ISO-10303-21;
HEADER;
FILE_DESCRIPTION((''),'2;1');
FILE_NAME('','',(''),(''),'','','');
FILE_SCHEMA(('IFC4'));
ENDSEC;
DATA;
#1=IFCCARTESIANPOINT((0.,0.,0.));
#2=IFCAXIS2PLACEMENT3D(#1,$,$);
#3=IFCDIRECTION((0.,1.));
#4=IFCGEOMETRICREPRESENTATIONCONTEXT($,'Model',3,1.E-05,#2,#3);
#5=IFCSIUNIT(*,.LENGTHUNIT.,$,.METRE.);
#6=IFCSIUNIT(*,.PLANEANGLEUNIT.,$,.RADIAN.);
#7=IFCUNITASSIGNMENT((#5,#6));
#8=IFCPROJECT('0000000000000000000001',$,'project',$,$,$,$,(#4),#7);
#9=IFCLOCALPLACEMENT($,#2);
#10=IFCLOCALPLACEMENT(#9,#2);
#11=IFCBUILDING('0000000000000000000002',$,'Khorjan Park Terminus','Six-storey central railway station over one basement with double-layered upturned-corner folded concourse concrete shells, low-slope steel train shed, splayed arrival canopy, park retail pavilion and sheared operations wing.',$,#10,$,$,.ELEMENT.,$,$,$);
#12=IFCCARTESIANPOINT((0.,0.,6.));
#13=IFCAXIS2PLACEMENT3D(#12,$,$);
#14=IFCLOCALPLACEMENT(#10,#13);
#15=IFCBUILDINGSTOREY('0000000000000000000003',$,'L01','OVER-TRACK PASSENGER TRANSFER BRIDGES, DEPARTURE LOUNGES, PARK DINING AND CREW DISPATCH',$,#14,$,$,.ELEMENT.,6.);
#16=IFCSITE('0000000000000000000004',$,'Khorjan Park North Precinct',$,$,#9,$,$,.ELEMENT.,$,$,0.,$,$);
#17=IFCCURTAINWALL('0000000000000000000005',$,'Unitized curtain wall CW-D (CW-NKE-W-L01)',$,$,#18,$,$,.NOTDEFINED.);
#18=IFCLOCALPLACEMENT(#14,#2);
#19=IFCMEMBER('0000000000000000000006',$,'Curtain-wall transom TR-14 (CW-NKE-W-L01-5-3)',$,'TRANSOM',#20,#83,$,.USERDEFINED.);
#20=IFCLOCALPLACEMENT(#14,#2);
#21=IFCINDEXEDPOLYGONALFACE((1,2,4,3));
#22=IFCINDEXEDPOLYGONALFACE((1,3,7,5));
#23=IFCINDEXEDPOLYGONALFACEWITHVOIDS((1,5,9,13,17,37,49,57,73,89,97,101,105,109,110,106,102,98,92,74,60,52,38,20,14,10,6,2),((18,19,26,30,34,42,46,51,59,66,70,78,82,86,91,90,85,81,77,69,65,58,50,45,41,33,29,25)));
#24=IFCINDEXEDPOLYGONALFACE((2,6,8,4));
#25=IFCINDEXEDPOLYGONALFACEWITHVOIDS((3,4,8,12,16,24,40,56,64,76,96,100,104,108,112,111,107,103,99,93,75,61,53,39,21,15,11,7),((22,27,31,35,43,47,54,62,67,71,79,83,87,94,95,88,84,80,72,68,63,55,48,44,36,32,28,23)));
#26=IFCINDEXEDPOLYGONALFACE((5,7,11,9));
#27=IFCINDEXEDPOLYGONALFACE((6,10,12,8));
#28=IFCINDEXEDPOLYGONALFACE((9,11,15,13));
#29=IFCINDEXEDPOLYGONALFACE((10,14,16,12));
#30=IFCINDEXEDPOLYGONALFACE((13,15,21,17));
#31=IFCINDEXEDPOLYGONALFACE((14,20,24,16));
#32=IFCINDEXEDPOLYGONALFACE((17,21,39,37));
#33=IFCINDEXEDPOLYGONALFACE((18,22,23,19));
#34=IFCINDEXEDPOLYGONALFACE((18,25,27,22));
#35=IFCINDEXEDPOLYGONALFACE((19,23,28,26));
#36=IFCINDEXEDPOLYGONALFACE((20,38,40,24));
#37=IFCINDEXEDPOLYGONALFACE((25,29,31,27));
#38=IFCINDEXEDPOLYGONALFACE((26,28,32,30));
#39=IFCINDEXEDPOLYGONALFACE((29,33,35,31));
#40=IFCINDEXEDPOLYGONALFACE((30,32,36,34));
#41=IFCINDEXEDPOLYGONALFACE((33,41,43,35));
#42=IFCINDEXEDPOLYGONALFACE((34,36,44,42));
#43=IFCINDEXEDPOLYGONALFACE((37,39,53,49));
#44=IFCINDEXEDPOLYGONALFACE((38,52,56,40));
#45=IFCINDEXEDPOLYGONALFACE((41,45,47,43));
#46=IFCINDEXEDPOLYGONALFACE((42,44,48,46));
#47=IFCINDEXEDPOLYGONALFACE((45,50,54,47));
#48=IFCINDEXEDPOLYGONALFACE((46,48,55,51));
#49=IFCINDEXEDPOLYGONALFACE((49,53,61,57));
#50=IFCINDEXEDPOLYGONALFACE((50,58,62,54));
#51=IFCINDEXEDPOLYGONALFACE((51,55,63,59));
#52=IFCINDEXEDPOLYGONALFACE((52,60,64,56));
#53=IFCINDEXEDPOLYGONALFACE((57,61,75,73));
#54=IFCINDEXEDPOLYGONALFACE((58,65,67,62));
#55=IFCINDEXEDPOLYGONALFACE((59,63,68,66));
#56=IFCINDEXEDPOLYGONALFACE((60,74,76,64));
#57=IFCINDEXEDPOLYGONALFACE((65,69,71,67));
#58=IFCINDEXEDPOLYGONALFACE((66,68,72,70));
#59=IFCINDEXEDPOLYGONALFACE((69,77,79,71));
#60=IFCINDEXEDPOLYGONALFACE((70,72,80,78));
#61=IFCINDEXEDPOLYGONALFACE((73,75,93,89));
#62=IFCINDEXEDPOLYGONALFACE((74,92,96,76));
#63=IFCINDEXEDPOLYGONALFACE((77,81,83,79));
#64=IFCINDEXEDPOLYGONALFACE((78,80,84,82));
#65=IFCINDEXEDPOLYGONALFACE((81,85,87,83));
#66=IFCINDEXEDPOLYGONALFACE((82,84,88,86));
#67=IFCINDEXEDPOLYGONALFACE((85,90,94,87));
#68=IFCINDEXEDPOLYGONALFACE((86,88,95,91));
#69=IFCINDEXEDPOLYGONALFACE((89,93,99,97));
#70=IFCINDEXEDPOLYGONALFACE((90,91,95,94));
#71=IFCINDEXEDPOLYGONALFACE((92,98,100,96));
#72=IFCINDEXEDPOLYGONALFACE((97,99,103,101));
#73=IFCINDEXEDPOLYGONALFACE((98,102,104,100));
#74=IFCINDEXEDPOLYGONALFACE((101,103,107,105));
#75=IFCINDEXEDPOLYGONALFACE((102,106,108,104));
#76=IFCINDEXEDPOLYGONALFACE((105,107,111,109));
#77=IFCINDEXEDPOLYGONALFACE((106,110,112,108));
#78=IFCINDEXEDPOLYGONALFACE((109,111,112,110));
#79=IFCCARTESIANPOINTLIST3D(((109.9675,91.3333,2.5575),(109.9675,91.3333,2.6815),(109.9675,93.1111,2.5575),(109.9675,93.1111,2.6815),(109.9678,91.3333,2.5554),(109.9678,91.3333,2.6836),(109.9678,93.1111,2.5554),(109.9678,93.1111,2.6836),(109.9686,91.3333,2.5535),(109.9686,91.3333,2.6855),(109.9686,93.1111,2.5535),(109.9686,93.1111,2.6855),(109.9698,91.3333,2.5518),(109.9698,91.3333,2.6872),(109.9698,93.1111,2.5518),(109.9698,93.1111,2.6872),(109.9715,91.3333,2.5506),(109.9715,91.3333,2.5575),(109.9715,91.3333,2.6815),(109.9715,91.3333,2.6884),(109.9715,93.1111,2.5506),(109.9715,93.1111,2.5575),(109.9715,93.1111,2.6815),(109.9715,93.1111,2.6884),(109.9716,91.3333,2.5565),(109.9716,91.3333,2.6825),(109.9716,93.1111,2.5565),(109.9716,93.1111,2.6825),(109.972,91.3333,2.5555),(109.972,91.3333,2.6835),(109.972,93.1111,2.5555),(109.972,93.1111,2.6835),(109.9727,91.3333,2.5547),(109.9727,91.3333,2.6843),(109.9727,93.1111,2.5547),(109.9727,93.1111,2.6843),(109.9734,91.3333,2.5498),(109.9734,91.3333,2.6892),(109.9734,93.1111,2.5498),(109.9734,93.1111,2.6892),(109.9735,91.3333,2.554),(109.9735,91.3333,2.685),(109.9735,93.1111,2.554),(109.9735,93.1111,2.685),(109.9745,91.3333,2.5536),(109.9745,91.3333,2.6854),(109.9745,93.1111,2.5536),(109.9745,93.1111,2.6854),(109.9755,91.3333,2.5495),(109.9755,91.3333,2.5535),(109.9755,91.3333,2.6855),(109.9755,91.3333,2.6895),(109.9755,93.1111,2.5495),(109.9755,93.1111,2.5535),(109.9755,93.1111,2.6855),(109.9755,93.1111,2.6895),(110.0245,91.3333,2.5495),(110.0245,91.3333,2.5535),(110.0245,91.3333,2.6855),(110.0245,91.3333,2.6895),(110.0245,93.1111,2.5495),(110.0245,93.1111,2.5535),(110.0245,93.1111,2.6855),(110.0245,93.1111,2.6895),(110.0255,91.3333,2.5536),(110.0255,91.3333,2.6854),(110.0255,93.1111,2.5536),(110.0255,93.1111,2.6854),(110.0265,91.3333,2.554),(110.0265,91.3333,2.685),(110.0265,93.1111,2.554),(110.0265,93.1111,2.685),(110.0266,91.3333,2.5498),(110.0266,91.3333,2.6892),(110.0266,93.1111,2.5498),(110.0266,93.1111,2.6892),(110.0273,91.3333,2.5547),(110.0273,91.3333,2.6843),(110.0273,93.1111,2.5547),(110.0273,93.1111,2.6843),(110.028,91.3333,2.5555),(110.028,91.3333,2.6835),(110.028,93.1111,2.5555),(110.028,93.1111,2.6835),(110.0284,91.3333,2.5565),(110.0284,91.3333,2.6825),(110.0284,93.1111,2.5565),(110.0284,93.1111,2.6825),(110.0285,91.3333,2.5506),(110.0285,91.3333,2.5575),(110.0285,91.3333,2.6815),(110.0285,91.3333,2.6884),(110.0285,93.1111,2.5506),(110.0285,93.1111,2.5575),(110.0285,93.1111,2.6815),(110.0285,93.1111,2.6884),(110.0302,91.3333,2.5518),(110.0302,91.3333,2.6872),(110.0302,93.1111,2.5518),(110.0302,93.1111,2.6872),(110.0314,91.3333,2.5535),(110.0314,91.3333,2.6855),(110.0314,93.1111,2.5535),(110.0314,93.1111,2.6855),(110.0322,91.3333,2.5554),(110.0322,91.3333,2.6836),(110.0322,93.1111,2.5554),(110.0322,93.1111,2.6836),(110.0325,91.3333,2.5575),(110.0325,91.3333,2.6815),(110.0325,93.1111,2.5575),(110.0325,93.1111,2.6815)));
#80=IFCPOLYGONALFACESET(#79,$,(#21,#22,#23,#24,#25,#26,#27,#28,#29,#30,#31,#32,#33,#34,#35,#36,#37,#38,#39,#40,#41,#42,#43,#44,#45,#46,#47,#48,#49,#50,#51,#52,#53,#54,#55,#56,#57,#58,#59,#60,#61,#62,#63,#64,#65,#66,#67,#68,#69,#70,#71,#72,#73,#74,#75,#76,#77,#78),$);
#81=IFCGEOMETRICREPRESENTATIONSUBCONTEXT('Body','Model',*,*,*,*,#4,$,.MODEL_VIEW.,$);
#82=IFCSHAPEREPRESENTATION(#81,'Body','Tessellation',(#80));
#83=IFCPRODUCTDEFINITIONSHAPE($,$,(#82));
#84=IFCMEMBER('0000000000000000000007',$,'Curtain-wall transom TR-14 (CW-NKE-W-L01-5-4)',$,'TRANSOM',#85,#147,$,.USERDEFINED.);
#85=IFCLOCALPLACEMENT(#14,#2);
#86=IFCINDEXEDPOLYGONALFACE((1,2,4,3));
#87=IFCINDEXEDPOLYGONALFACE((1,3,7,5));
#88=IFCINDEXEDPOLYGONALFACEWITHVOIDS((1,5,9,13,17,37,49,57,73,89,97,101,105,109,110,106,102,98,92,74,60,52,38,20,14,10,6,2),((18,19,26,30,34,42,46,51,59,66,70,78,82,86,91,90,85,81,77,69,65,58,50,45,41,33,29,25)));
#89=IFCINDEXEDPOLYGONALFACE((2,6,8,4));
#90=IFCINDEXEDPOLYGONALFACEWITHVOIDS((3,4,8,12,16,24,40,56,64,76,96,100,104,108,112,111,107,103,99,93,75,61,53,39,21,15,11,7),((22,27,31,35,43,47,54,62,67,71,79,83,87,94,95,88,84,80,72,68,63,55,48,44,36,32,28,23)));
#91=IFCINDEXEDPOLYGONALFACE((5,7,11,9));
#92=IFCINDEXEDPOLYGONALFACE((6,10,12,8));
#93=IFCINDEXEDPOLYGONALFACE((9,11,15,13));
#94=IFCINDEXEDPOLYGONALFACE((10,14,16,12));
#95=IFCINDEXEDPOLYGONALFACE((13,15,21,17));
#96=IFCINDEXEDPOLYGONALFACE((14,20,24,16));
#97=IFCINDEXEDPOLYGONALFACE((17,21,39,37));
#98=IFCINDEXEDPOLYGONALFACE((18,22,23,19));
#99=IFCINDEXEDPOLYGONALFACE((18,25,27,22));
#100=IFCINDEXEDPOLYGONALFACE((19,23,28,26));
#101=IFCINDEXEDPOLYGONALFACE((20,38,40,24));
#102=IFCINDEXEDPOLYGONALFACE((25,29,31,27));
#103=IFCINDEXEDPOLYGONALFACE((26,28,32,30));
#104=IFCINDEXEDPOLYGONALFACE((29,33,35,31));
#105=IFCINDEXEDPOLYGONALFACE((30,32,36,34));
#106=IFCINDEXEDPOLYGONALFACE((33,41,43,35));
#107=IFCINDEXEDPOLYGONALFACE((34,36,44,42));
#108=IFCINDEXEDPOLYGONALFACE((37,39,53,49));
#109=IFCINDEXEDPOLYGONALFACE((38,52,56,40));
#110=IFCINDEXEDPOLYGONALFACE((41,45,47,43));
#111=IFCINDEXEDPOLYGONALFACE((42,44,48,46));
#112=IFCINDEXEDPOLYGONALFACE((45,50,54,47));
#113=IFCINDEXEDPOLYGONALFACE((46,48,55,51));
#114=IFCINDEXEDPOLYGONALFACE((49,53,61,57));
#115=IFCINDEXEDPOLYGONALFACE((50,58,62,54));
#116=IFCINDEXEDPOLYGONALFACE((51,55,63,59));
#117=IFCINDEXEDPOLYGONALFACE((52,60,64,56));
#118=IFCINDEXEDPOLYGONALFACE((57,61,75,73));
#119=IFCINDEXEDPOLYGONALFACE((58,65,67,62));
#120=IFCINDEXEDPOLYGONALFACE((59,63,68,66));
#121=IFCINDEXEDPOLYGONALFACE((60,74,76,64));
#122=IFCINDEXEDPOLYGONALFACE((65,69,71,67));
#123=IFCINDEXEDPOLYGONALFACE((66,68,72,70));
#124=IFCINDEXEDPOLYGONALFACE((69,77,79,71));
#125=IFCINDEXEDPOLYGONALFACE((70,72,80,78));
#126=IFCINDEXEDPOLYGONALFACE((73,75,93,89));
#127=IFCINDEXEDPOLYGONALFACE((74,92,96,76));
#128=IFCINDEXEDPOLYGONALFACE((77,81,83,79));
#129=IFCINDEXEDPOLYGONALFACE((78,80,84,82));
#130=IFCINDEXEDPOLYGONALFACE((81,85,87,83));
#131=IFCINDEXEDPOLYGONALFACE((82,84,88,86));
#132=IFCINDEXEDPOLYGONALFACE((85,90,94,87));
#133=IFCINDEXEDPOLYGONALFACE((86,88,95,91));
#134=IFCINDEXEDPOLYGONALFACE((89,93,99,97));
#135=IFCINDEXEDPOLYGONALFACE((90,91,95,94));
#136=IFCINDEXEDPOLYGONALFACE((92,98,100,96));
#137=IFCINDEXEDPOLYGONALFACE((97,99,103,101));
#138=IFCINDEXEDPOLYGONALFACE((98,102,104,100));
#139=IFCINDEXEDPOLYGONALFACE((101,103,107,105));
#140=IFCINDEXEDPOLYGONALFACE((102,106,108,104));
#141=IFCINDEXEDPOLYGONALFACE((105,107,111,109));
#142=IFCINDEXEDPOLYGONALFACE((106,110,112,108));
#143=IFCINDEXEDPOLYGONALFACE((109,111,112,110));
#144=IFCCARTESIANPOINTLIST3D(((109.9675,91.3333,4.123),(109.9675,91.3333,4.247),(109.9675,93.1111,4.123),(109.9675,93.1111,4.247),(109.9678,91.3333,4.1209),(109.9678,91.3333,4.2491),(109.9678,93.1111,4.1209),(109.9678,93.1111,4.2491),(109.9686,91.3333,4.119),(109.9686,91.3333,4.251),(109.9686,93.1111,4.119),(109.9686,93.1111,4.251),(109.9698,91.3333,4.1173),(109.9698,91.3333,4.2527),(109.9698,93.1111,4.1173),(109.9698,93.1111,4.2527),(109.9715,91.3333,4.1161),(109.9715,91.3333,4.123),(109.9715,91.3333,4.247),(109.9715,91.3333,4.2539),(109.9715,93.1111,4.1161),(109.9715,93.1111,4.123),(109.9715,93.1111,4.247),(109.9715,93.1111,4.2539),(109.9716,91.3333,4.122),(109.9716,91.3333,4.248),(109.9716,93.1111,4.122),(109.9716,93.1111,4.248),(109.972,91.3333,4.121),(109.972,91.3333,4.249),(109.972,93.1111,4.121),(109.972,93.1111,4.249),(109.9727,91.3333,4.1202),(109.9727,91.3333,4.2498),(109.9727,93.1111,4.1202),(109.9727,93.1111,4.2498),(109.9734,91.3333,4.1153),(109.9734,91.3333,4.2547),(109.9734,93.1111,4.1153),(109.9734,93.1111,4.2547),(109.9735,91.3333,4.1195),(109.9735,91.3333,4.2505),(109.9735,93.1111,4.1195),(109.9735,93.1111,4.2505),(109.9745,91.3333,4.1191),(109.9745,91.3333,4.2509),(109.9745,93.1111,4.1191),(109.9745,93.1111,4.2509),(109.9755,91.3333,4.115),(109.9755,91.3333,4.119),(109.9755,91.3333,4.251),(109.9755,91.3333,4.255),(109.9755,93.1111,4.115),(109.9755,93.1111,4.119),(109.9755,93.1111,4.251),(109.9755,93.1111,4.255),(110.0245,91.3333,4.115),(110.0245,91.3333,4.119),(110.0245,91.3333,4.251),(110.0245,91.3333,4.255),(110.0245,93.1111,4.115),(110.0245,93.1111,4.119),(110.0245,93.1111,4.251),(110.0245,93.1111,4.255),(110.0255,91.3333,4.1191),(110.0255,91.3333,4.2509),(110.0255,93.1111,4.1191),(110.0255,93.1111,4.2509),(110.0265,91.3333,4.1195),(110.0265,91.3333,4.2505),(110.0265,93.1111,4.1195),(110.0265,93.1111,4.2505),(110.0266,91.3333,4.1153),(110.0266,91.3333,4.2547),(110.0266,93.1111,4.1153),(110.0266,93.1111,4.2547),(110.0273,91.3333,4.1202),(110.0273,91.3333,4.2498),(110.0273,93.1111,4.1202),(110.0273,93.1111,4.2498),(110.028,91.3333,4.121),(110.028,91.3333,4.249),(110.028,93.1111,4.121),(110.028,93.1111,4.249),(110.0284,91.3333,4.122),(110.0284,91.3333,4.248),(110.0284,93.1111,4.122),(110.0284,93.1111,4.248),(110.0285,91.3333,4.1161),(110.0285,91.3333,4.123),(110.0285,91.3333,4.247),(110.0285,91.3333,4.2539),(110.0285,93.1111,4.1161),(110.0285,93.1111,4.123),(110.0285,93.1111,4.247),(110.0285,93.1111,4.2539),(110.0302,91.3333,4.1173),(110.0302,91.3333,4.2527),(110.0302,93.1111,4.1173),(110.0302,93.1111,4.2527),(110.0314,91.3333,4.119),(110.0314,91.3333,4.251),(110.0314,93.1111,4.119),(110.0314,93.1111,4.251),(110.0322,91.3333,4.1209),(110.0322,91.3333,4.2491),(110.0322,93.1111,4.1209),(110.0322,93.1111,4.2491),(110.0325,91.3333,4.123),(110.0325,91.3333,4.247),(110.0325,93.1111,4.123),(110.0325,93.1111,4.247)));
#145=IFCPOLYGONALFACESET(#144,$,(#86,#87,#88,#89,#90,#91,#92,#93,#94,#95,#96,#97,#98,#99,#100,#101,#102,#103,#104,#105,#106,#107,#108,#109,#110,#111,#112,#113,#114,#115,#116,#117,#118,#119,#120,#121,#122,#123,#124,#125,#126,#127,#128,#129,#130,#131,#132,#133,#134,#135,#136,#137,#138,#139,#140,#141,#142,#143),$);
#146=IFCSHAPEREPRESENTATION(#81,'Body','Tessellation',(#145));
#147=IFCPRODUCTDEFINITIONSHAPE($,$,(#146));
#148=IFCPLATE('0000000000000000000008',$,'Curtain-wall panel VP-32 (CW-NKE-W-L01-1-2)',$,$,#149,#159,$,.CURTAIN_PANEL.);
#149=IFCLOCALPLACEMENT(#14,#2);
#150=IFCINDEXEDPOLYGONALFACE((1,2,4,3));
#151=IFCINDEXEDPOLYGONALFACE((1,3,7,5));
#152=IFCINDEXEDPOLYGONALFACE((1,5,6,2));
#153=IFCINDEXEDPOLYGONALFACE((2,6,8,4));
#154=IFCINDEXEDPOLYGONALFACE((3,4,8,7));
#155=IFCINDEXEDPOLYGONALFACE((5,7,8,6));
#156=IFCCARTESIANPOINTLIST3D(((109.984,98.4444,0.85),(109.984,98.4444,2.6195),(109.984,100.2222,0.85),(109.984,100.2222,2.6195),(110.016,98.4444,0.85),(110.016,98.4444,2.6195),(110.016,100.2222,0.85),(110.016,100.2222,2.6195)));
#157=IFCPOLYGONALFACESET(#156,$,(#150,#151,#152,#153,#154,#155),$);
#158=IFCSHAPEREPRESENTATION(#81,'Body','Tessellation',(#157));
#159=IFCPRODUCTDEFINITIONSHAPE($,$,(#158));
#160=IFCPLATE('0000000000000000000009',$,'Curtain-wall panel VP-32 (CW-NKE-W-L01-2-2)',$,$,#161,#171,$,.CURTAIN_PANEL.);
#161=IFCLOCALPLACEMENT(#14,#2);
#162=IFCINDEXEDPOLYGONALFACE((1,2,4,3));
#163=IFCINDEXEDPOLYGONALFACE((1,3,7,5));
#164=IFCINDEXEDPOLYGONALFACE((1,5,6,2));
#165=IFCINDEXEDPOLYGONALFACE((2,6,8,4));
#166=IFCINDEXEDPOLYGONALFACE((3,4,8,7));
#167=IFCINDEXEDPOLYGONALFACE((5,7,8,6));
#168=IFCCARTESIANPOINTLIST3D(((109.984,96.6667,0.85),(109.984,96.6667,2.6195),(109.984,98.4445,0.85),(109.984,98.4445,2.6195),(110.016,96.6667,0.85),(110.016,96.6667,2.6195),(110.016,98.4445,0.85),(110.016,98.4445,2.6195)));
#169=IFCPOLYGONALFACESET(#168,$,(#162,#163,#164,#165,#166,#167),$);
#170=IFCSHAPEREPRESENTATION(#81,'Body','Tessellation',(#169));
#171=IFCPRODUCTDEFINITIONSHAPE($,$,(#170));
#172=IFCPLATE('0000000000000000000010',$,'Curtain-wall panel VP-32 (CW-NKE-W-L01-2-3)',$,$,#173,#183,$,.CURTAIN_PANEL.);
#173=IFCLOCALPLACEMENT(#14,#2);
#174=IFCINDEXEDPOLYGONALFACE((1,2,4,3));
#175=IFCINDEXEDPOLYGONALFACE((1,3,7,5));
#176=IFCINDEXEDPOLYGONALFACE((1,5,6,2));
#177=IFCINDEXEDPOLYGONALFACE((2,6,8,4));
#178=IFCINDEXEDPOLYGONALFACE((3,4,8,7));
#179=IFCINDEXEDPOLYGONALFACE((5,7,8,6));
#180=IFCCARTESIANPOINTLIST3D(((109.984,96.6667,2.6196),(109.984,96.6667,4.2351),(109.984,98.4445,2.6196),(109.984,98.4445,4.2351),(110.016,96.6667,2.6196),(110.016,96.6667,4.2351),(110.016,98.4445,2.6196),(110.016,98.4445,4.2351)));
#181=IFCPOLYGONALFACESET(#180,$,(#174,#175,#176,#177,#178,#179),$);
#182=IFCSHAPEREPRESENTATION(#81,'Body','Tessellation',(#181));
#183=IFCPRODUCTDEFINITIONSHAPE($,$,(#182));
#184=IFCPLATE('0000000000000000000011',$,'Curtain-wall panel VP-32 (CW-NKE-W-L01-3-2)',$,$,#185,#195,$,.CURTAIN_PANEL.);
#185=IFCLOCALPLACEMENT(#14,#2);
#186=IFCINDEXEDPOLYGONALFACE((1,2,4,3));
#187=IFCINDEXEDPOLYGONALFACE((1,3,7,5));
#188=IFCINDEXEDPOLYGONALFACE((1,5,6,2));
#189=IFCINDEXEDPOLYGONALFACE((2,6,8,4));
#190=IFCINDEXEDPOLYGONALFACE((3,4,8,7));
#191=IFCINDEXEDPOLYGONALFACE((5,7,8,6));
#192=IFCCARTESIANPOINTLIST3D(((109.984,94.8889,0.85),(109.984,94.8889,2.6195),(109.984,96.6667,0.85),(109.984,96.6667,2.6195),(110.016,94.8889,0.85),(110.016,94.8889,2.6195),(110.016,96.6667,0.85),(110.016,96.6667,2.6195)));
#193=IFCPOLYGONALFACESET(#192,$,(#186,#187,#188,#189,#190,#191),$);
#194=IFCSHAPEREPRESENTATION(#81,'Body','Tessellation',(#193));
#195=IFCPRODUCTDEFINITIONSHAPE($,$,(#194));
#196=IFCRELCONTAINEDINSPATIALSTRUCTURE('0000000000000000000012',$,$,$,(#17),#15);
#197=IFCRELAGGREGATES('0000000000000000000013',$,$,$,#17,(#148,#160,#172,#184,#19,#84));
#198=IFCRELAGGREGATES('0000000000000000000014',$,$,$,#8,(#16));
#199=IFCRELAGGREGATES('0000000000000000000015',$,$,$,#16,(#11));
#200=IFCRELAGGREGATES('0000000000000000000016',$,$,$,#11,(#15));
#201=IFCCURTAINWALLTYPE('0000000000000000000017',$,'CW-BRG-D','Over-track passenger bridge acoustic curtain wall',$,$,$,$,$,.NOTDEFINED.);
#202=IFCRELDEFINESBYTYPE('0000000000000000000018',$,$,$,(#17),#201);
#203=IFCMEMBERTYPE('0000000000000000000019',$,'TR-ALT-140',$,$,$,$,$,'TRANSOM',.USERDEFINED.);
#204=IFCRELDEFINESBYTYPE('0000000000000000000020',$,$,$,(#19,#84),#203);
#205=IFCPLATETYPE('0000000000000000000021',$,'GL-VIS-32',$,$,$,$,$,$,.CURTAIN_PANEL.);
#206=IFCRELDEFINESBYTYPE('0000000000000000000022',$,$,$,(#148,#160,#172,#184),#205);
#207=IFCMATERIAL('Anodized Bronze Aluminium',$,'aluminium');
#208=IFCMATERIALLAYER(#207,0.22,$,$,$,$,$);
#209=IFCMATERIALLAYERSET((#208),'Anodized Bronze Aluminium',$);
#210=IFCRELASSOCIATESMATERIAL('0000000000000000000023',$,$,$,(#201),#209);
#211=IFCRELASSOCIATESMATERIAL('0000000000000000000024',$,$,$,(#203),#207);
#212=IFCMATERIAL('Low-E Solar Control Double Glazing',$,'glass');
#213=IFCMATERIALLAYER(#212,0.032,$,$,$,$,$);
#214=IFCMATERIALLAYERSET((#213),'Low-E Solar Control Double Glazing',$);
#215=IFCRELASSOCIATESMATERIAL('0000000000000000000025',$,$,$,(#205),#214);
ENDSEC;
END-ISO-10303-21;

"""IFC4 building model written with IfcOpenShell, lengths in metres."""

from ifc_helpers import new_model, si_unit, direction, frame, origin, origin_2d, place, context, subcontext, project, spatial, rectangle, hollow_rectangle, extrude, material, layer, layer_set, material_profile, profile_set, type_object, element, aggregate, save


model = new_model("IFC4")

# Units and contexts
model_context = context("Model", 3, precision=1e-05, world=origin(), true_north=direction((0.0, 1.0)))
body_context = subcontext(model_context, "Body", "Model", "MODEL_VIEW")
ifc_project = project(units=[si_unit("LENGTHUNIT", "METRE"), si_unit("PLANEANGLEUNIT", "RADIAN")], contexts=[model_context])

# Site, building, storey
site_placement = place(None, origin())
site = spatial("IfcSite", under=ifc_project, at=site_placement, Name="Khorjan Park North Precinct", CompositionType="ELEMENT", RefElevation=0.0)
building_placement = place(site_placement, origin())
building = spatial("IfcBuilding", under=site, at=building_placement, Name="Khorjan Park Terminus", Description="Six-storey central railway station over one basement with double-layered upturned-corner folded concourse concrete shells, low-slope steel train shed, splayed arrival canopy, park retail pavilion and sheared operations wing.", CompositionType="ELEMENT")
storey_placement = place(building_placement, frame((0.0, 0.0, 6.0)))
storey = spatial("IfcBuildingStorey", under=building, at=storey_placement, Name="L01", Description="OVER-TRACK PASSENGER TRANSFER BRIDGES, DEPARTURE LOUNGES, PARK DINING AND CREW DISPATCH", CompositionType="ELEMENT", Elevation=6.0)

# Curtain wall, members, plates
ifc_material_1 = material(Name="Anodized Bronze Aluminium", Category="aluminium")
ifc_layer_1 = layer(ifc_material_1, 0.22)
ifc_layer_set_1 = layer_set([ifc_layer_1], Name="Anodized Bronze Aluminium")
curtain_wall_type = type_object("IfcCurtainWallType", Name="CW-BRG-D", Description="Over-track passenger bridge acoustic curtain wall", PredefinedType="NOTDEFINED", material=ifc_layer_set_1)
curtain_wall_placement = place(storey_placement, origin())
curtain_wall = element("IfcCurtainWall", 1, at=curtain_wall_placement, inside=storey, type_object=curtain_wall_type, Name="Unitized curtain wall CW-D (CW-NKE-W-L01)", PredefinedType="NOTDEFINED")
ifc_material_profile_1 = material_profile(ifc_material_1, hollow_rectangle(XDim=0.065, YDim=0.14, WallThickness=0.004, InnerFilletRadius=0.004, OuterFilletRadius=0.008, at=origin_2d()), Name="ALT 65x140x4")
ifc_profile_set_1 = profile_set([ifc_material_profile_1], Name="Anodized Bronze Aluminium")
member_type_1 = type_object("IfcMemberType", Name="TR-ALT-140", ElementType="TRANSOM", PredefinedType="USERDEFINED", material=ifc_profile_set_1)
member_1_placement = place(storey_placement, frame((110.0, 93.1111, 2.6195), z_axis=(0.0, -1.0, 0.0), x_axis=(1.0, 0.0, 0.0)))
member_1 = element("IfcMember", 2, at=member_1_placement, type_object=member_type_1, Name="Curtain-wall transom TR-14 (CW-NKE-W-L01-5-3)", ObjectType="TRANSOM", PredefinedType="USERDEFINED", context=body_context, shape_type="SweptSolid", body=[
    extrude(hollow_rectangle(XDim=0.065, YDim=0.14, WallThickness=0.004, InnerFilletRadius=0.004, OuterFilletRadius=0.008, at=origin_2d()), origin(), (0.0, 0.0, 1.0), 1.7778),
])
member_2_placement = place(storey_placement, frame((110.0, 93.1111, 4.185), z_axis=(0.0, -1.0, 0.0), x_axis=(1.0, 0.0, 0.0)))
member_2 = element("IfcMember", 3, at=member_2_placement, type_object=member_type_1, Name="Curtain-wall transom TR-14 (CW-NKE-W-L01-5-4)", ObjectType="TRANSOM", PredefinedType="USERDEFINED", context=body_context, shape_type="SweptSolid", body=[
    extrude(hollow_rectangle(XDim=0.065, YDim=0.14, WallThickness=0.004, InnerFilletRadius=0.004, OuterFilletRadius=0.008, at=origin_2d()), origin(), (0.0, 0.0, 1.0), 1.7778),
])
ifc_material_2 = material(Name="Low-E Solar Control Double Glazing", Category="glass")
ifc_layer_2 = layer(ifc_material_2, 0.032)
ifc_layer_set_2 = layer_set([ifc_layer_2], Name="Low-E Solar Control Double Glazing")
plate_type_1 = type_object("IfcPlateType", Name="GL-VIS-32", PredefinedType="CURTAIN_PANEL", material=ifc_layer_set_2)
plate_1_placement = place(storey_placement, frame((110.0, 99.3333, 0.85), z_axis=(0.0, 0.0, 1.0), x_axis=(0.0, -1.0, 0.0)))
plate_1 = element("IfcPlate", 4, at=plate_1_placement, type_object=plate_type_1, Name="Curtain-wall panel VP-32 (CW-NKE-W-L01-1-2)", PredefinedType="CURTAIN_PANEL", context=body_context, shape_type="SweptSolid", body=[
    extrude(rectangle(XDim=1.7778, YDim=0.032, at=origin_2d()), origin(), (0.0, 0.0, 1.0), 1.7695),
])
plate_2_placement = place(storey_placement, frame((110.0, 97.5556, 0.85), z_axis=(0.0, 0.0, 1.0), x_axis=(0.0, -1.0, 0.0)))
plate_2 = element("IfcPlate", 5, at=plate_2_placement, type_object=plate_type_1, Name="Curtain-wall panel VP-32 (CW-NKE-W-L01-2-2)", PredefinedType="CURTAIN_PANEL", context=body_context, shape_type="SweptSolid", body=[
    extrude(rectangle(XDim=1.7778, YDim=0.032, at=origin_2d()), origin(), (0.0, 0.0, 1.0), 1.7695),
])
plate_3_placement = place(storey_placement, frame((110.0, 97.5556, 2.6196), z_axis=(0.0, 0.0, 1.0), x_axis=(0.0, -1.0, 0.0)))
plate_3 = element("IfcPlate", 6, at=plate_3_placement, type_object=plate_type_1, Name="Curtain-wall panel VP-32 (CW-NKE-W-L01-2-3)", PredefinedType="CURTAIN_PANEL", context=body_context, shape_type="SweptSolid", body=[
    extrude(rectangle(XDim=1.7778, YDim=0.032, at=origin_2d()), origin(), (0.0, 0.0, 1.0), 1.6155),
])
plate_4_placement = place(storey_placement, frame((110.0, 95.7778, 0.85), z_axis=(0.0, 0.0, 1.0), x_axis=(0.0, -1.0, 0.0)))
plate_4 = element("IfcPlate", 7, at=plate_4_placement, type_object=plate_type_1, Name="Curtain-wall panel VP-32 (CW-NKE-W-L01-3-2)", PredefinedType="CURTAIN_PANEL", context=body_context, shape_type="SweptSolid", body=[
    extrude(rectangle(XDim=1.7778, YDim=0.032, at=origin_2d()), origin(), (0.0, 0.0, 1.0), 1.7695),
])
aggregate(curtain_wall, [plate_1, plate_2, plate_3, plate_4, member_1, member_2])

save(model, "model.ifc")
